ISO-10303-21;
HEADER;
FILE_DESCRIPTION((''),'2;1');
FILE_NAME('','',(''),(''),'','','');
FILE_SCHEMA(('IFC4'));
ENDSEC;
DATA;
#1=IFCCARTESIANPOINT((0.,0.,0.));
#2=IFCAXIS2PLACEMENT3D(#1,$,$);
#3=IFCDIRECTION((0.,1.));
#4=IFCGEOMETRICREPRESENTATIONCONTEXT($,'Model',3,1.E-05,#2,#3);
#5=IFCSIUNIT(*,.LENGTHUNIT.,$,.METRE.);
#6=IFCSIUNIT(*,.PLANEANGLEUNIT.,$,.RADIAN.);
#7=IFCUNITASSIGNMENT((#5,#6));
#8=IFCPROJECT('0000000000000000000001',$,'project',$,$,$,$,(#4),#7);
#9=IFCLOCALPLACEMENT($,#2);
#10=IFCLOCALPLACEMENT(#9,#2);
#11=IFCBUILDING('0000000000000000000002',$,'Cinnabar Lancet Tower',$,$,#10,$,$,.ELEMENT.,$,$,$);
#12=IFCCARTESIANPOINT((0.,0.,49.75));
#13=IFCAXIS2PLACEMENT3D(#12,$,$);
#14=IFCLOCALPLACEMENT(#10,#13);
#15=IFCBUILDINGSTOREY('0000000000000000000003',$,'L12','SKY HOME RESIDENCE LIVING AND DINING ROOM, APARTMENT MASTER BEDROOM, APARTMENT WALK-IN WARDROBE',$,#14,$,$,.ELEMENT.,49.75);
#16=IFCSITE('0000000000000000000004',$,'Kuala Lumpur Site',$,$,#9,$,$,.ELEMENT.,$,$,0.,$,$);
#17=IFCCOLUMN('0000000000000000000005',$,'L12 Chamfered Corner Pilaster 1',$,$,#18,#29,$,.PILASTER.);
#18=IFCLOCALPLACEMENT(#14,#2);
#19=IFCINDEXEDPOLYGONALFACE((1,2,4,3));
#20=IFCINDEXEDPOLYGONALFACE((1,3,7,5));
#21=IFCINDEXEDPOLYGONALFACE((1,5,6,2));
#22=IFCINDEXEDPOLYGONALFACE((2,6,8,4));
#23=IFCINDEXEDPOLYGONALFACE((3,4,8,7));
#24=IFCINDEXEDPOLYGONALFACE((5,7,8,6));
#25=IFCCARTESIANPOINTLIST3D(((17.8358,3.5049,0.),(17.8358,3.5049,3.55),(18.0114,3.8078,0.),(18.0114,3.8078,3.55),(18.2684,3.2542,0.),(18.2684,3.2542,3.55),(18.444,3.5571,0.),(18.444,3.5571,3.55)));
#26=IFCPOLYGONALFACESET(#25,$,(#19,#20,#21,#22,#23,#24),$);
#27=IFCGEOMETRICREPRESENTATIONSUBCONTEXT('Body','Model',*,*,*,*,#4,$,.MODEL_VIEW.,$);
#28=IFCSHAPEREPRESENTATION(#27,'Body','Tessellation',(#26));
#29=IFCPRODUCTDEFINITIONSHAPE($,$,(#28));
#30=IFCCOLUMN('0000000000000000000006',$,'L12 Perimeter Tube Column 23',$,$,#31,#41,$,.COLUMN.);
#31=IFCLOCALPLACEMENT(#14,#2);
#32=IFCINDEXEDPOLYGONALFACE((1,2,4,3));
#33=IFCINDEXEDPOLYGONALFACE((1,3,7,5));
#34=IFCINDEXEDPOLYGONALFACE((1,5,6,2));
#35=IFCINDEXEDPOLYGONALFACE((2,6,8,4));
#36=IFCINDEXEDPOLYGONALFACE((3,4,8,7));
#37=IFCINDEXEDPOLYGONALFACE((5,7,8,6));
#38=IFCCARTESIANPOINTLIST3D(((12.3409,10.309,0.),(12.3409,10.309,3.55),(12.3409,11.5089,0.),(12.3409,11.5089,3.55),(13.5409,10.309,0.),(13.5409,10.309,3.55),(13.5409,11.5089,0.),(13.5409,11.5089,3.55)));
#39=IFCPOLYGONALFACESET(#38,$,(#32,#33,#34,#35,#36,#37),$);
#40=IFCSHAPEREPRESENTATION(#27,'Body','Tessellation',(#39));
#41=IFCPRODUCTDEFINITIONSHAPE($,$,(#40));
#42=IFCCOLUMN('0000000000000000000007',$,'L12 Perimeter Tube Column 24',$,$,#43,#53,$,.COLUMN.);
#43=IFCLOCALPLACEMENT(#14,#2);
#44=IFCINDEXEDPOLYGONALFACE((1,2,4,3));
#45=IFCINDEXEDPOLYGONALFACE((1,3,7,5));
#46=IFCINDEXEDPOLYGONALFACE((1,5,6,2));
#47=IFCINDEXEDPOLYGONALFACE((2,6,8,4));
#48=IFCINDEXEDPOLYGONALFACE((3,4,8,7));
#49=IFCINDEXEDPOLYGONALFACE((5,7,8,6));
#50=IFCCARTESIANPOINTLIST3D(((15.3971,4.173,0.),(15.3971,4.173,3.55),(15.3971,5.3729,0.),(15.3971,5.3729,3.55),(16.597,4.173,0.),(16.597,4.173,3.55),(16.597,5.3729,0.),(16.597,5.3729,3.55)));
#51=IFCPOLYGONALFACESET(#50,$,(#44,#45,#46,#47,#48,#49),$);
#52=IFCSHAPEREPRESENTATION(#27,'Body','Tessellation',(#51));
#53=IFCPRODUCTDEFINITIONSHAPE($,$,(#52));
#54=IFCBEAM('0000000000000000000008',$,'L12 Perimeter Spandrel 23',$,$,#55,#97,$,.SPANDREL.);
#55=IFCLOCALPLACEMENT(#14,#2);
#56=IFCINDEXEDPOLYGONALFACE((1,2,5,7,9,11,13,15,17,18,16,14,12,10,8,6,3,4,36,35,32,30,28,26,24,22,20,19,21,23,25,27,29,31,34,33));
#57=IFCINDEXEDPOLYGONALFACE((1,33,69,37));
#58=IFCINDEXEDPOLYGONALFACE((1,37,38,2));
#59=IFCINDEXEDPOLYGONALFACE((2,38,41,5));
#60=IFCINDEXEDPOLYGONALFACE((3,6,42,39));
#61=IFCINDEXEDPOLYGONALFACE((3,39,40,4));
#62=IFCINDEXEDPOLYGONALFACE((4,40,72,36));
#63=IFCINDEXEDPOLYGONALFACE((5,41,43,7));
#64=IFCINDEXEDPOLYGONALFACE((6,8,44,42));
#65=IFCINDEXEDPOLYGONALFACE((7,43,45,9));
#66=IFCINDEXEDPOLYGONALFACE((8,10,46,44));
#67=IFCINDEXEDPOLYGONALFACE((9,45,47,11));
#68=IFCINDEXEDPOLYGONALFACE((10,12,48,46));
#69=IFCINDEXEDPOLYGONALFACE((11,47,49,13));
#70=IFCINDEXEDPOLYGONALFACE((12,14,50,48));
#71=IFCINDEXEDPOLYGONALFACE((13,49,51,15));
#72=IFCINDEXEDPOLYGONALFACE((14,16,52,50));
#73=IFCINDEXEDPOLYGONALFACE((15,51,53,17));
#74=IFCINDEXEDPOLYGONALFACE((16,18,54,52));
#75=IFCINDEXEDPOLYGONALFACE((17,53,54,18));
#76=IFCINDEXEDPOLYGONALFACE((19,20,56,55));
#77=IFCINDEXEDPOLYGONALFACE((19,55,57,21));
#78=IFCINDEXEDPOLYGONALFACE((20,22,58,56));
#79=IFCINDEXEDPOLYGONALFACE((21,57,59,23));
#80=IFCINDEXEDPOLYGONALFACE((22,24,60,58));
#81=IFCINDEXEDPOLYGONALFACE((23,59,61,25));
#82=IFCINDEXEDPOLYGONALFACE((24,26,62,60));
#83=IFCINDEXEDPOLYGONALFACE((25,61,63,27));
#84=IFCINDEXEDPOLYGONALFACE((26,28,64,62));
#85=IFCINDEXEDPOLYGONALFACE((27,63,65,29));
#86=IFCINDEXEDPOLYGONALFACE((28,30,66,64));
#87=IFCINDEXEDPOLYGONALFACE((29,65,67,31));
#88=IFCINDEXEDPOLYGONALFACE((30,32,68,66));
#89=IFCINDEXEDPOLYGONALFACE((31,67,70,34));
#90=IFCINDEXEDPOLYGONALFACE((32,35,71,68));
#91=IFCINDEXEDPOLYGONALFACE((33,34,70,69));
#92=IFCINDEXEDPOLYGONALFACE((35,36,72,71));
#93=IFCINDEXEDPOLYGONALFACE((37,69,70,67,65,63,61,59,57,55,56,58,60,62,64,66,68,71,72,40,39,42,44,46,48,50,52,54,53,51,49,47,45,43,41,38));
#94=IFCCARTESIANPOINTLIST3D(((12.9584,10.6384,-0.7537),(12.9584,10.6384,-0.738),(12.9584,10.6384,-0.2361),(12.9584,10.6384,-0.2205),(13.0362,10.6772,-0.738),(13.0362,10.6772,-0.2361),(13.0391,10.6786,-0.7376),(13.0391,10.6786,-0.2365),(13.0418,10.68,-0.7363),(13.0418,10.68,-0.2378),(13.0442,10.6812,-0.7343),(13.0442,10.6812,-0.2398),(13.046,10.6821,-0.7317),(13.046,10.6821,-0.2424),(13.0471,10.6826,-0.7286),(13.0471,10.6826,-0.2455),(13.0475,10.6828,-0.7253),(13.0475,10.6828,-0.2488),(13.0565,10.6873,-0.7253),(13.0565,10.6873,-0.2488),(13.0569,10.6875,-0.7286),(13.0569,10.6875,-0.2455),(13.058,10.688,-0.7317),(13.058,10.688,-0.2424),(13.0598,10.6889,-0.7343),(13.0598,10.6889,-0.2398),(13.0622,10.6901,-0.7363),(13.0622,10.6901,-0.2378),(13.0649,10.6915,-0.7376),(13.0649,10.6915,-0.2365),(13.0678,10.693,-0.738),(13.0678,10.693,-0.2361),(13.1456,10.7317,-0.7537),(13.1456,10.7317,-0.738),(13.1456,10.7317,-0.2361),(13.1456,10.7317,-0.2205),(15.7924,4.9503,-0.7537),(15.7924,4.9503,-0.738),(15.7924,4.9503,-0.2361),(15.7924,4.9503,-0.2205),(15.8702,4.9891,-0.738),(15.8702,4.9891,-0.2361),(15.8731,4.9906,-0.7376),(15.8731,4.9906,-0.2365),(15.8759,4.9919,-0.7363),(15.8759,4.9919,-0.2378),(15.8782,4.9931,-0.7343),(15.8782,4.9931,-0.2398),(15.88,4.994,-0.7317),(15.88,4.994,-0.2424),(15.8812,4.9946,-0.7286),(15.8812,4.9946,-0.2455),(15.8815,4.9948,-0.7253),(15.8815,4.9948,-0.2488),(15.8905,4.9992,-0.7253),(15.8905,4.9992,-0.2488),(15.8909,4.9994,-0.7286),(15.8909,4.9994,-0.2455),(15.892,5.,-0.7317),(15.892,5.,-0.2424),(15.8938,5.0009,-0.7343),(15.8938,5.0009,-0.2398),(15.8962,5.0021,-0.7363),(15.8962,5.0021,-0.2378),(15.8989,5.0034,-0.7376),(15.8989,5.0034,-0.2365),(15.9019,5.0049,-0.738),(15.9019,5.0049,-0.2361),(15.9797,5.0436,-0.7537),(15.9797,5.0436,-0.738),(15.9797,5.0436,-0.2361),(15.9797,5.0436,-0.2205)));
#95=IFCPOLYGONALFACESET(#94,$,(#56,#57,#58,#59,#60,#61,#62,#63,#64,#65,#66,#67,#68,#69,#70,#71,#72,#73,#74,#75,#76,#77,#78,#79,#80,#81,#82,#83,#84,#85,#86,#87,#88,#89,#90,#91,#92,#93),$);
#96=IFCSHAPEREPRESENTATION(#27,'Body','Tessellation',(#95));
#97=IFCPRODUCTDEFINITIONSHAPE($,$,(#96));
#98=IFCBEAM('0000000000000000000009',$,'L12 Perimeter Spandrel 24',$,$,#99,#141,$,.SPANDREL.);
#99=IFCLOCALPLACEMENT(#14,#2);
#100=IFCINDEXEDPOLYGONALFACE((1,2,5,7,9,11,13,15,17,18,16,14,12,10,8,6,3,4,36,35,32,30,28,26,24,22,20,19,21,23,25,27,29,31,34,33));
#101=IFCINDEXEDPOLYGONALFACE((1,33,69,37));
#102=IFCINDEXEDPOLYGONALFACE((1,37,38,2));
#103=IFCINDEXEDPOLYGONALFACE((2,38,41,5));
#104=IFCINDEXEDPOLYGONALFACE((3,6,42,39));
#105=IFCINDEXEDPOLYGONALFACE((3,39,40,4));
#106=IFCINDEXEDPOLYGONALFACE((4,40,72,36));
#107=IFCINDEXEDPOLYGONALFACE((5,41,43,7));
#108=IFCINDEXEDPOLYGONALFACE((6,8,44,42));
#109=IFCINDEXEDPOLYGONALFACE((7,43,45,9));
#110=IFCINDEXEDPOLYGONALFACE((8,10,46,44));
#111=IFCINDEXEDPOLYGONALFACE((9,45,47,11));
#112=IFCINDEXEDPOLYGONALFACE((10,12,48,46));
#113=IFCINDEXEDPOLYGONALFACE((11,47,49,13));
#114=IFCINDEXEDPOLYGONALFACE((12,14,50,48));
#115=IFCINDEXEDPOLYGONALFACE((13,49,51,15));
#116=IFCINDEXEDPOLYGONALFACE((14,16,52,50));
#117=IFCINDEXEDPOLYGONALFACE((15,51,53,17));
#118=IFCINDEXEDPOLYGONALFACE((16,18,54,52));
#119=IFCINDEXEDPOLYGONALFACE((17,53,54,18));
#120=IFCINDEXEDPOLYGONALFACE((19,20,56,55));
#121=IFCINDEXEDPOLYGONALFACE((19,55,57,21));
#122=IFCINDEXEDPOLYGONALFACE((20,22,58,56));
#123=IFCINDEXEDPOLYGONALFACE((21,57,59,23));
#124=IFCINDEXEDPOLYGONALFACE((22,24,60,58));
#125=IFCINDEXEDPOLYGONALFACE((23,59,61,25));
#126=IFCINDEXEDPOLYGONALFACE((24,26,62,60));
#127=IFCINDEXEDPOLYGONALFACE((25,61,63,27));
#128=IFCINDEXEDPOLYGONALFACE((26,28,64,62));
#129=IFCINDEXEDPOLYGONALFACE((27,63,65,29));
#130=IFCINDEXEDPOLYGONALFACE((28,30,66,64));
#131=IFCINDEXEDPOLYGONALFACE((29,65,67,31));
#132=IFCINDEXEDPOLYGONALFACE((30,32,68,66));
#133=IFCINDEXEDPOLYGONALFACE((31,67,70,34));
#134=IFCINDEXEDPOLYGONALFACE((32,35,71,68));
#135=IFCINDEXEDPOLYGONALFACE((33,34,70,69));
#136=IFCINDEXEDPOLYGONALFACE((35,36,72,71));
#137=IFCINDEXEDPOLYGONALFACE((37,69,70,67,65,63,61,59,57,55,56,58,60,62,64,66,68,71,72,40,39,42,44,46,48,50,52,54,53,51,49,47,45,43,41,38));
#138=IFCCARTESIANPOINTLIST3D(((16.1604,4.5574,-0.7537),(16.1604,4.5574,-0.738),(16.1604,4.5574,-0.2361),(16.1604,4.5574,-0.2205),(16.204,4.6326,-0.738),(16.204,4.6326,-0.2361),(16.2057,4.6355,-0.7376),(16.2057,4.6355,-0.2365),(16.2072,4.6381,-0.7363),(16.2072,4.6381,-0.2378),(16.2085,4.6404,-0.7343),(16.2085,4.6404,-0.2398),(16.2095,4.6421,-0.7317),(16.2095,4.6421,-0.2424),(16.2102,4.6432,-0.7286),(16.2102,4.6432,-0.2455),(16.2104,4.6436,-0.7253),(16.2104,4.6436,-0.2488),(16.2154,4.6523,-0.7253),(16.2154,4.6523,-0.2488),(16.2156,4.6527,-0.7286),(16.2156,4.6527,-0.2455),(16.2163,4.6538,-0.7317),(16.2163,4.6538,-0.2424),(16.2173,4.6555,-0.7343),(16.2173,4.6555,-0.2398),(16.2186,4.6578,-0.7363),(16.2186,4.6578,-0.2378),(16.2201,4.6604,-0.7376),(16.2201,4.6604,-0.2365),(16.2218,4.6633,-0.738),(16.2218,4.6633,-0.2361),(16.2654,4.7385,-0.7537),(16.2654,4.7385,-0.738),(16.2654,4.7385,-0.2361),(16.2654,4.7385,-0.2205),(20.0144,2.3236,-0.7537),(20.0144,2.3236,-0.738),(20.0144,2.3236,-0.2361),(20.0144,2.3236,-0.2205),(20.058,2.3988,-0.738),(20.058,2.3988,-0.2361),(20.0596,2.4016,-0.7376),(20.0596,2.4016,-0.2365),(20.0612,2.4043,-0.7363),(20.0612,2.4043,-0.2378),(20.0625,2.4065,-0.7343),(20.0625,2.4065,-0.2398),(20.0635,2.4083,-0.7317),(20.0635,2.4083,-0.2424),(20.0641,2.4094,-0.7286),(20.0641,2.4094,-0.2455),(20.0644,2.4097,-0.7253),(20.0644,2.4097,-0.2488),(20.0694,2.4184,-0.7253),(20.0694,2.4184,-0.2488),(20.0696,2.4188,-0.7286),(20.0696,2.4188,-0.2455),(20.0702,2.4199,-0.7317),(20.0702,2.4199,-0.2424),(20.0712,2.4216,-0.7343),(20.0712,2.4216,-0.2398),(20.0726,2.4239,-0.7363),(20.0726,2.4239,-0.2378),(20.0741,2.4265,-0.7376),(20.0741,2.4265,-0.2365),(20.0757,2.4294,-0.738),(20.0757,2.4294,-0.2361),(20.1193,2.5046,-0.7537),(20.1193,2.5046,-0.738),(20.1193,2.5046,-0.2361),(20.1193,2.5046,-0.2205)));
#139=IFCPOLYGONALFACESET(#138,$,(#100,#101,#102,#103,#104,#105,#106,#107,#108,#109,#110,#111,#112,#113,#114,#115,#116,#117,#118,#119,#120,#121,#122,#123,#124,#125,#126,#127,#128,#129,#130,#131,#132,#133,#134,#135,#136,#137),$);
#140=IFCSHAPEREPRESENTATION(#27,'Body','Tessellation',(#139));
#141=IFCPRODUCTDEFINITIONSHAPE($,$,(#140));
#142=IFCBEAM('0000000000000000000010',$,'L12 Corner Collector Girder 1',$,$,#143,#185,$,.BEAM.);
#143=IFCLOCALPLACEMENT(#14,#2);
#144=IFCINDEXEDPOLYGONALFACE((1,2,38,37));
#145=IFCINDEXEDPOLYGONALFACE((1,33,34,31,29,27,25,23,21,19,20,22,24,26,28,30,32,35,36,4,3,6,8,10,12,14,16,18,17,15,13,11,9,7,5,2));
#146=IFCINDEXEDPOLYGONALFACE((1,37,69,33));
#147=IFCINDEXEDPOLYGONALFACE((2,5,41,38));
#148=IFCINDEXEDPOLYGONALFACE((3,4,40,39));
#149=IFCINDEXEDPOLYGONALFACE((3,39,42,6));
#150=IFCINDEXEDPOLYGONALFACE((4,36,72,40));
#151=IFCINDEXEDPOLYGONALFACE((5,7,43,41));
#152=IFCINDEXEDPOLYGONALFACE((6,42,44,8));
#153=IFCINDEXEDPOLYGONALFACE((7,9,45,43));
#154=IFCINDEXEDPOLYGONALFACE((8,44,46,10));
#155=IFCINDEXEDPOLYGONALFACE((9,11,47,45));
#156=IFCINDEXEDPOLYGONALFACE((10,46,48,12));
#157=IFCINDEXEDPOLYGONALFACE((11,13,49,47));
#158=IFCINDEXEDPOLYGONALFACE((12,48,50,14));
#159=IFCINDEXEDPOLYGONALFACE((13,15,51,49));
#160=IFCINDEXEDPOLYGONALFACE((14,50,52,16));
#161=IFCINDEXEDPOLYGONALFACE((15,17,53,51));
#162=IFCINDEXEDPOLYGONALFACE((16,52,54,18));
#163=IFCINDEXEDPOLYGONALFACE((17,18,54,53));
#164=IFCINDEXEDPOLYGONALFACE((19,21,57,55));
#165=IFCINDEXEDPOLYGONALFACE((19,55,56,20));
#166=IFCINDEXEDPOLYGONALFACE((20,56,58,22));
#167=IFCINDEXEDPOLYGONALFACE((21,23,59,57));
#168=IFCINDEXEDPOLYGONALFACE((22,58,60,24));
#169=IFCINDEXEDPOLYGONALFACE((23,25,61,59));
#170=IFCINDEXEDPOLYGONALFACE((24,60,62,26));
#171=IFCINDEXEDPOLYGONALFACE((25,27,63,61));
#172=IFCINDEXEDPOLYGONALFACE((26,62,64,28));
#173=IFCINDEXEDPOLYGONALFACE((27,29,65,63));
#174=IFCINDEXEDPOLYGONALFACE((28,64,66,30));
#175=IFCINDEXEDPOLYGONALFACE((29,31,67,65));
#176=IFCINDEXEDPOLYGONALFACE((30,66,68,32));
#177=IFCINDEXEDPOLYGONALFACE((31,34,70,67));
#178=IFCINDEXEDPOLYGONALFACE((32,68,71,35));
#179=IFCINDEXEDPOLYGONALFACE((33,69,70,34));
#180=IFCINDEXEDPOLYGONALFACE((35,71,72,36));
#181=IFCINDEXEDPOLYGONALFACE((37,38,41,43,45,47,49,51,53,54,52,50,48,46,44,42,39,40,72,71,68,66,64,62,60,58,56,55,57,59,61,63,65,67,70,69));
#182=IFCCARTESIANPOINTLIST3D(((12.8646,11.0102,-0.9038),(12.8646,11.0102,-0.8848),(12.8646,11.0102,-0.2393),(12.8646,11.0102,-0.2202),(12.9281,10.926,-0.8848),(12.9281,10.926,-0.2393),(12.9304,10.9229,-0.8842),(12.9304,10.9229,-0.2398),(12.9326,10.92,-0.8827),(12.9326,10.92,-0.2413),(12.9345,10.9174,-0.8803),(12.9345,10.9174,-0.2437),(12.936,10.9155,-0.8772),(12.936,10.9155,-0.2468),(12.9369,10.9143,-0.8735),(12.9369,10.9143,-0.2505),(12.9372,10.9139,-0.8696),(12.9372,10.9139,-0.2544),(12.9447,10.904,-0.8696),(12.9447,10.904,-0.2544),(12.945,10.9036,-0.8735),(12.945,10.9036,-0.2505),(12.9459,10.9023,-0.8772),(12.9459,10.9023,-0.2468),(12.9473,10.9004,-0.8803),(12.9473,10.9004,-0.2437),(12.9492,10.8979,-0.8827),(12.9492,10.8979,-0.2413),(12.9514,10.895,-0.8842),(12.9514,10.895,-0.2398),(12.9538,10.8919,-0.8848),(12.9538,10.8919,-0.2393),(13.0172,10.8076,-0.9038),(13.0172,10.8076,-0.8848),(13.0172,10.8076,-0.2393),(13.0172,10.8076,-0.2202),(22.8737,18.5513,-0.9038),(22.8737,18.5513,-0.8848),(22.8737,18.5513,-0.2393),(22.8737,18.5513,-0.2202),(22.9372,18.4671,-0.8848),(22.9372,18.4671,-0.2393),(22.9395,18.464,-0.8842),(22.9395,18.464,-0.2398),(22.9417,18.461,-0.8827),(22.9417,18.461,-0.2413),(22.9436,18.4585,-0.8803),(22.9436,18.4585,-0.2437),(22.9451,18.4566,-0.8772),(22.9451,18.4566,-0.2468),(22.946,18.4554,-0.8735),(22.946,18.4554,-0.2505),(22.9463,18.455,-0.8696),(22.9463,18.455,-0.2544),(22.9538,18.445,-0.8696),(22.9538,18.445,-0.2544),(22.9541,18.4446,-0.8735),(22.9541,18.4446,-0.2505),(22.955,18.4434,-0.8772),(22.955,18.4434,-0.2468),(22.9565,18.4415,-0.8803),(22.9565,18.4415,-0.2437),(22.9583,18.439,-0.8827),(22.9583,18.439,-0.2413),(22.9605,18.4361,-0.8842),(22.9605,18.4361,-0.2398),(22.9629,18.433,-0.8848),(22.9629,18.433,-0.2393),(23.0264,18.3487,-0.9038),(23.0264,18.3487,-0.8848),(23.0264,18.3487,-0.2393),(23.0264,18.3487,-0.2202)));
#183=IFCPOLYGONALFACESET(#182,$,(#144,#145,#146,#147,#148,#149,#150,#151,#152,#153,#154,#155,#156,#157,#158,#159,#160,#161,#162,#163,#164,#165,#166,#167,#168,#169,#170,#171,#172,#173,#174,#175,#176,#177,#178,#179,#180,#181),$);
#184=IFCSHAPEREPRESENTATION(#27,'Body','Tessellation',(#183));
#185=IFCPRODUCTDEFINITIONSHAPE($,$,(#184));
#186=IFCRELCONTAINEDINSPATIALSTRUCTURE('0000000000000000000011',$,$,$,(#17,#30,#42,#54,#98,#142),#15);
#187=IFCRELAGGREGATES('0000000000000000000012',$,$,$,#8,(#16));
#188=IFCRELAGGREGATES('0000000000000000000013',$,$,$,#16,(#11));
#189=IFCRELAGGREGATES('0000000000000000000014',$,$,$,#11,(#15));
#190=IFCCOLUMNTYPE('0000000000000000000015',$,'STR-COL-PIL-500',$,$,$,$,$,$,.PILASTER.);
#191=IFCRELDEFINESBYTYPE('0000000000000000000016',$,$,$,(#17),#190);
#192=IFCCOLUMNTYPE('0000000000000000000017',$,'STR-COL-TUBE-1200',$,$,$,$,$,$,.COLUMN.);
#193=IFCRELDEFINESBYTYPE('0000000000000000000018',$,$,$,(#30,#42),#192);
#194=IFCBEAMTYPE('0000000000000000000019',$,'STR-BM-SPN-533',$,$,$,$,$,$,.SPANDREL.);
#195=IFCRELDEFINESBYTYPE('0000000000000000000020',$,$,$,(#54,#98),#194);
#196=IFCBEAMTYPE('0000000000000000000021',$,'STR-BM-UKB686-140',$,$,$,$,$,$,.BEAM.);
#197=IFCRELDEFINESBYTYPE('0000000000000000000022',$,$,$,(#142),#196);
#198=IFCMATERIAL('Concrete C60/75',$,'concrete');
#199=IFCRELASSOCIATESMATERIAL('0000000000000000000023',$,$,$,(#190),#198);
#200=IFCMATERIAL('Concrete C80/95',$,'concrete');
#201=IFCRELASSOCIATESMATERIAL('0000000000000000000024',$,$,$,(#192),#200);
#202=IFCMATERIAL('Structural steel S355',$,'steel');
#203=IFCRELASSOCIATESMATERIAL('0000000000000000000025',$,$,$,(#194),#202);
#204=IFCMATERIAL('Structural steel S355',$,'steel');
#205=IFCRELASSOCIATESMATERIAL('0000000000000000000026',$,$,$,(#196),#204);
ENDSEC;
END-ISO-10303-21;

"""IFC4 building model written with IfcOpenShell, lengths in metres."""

from ifc_helpers import new_model, si_unit, direction, frame, origin, origin_2d, place, context, subcontext, project, spatial, rectangle, i_section, extrude, material, material_profile, profile_set, type_object, element, save


model = new_model("IFC4")

# Units and contexts
model_context = context("Model", 3, precision=1e-05, world=origin(), true_north=direction((0.0, 1.0)))
body_context = subcontext(model_context, "Body", "Model", "MODEL_VIEW")
ifc_project = project(units=[si_unit("LENGTHUNIT", "METRE"), si_unit("PLANEANGLEUNIT", "RADIAN")], contexts=[model_context])

# Site, building, storey
site_placement = place(None, origin())
site = spatial("IfcSite", under=ifc_project, at=site_placement, Name="Kuala Lumpur Site", CompositionType="ELEMENT", RefElevation=0.0)
building_placement = place(site_placement, origin())
building = spatial("IfcBuilding", under=site, at=building_placement, Name="Cinnabar Lancet Tower", CompositionType="ELEMENT")
storey_placement = place(building_placement, frame((0.0, 0.0, 49.75)))
storey = spatial("IfcBuildingStorey", under=building, at=storey_placement, Name="L12", Description="SKY HOME RESIDENCE LIVING AND DINING ROOM, APARTMENT MASTER BEDROOM, APARTMENT WALK-IN WARDROBE", CompositionType="ELEMENT", Elevation=49.75)

# Columns
ifc_material_1 = material(Name="Concrete C60/75", Category="concrete")
ifc_material_profile_1 = material_profile(ifc_material_1, rectangle(XDim=0.5, YDim=0.3501, at=origin_2d()), Name="RC-PIL 500x350")
ifc_profile_set_1 = profile_set([ifc_material_profile_1], Name="Concrete C60/75")
column_type_1 = type_object("IfcColumnType", Name="STR-COL-PIL-500", PredefinedType="PILASTER", material=ifc_profile_set_1)
column_placement = place(storey_placement, frame((18.1399, 3.531, 0.0), z_axis=(0.0, 0.0, 1.0), x_axis=(0.865195, -0.501435, 0.0)))
element("IfcColumn", 1, at=column_placement, inside=storey, type_object=column_type_1, Name="L12 Chamfered Corner Pilaster 1", PredefinedType="PILASTER", context=body_context, shape_type="SweptSolid", body=[
    extrude(rectangle(XDim=0.5, YDim=0.3501, at=origin_2d()), origin(), (0.0, 0.0, 1.0), 3.55),
])
ifc_material_2 = material(Name="Concrete C80/95", Category="concrete")
ifc_material_profile_2 = material_profile(ifc_material_2, rectangle(XDim=1.2, YDim=1.2, at=origin_2d()), Name="RC-COL 1200x1200")
ifc_profile_set_2 = profile_set([ifc_material_profile_2], Name="Concrete C80/95")
column_type_2 = type_object("IfcColumnType", Name="STR-COL-TUBE-1200", PredefinedType="COLUMN", material=ifc_profile_set_2)
for number, where, z_axis, x_axis, name in (
    (2, (12.9409, 10.9089, 0.0), (0.0, 0.0, 1.0), (1.0, 0.0, 0.0), "L12 Perimeter Tube Column 23"),
    (3, (15.9971, 4.7729, 0.0), (0.0, 0.0, 1.0), (1.0, 0.0, 0.0), "L12 Perimeter Tube Column 24"),
):
    element("IfcColumn", number, at=place(storey_placement, frame(where, z_axis=z_axis, x_axis=x_axis)), inside=storey, type_object=column_type_2, Name=name, PredefinedType="COLUMN", context=body_context, shape_type="SweptSolid", body=[
        extrude(rectangle(XDim=1.2, YDim=1.2, at=origin_2d()), origin(), (0.0, 0.0, 1.0), 3.55),
    ])

# Beams
ifc_material_3 = material(Name="Structural steel S355", Category="steel")
ifc_material_profile_3 = material_profile(ifc_material_3, i_section(OverallWidth=0.2092, OverallDepth=0.5332, WebThickness=0.01, FlangeThickness=0.0156, FilletRadius=0.0127, at=origin_2d()), Name="UKB 533x210x92")
ifc_profile_set_3 = profile_set([ifc_material_profile_3], Name="Structural steel S355")
beam_type_1 = type_object("IfcBeamType", Name="STR-BM-SPN-533", PredefinedType="SPANDREL", material=ifc_profile_set_3)
beam_1_placement = place(storey_placement, frame((13.052, 10.6851, -0.4871), z_axis=(0.445953, -0.895056, 0.0), x_axis=(0.895056, 0.445953, 0.0)))
element("IfcBeam", 4, at=beam_1_placement, inside=storey, type_object=beam_type_1, Name="L12 Perimeter Spandrel 23", PredefinedType="SPANDREL", context=body_context, shape_type="SweptSolid", body=[
    extrude(i_section(OverallWidth=0.2092, OverallDepth=0.5332, WebThickness=0.01, FlangeThickness=0.0156, FilletRadius=0.0127, at=origin_2d()), origin(), (0.0, 0.0, 1.0), 6.355),
])
beam_2_placement = place(storey_placement, frame((16.2129, 4.6479, -0.4871), z_axis=(0.865171, -0.501477, 0.0), x_axis=(0.501477, 0.865171, 0.0)))
element("IfcBeam", 5, at=beam_2_placement, inside=storey, type_object=beam_type_1, Name="L12 Perimeter Spandrel 24", PredefinedType="SPANDREL", context=body_context, shape_type="SweptSolid", body=[
    extrude(i_section(OverallWidth=0.2092, OverallDepth=0.5332, WebThickness=0.01, FlangeThickness=0.0156, FilletRadius=0.0127, at=origin_2d()), origin(), (0.0, 0.0, 1.0), 4.4546),
])
ifc_material_4 = material(Name="Structural steel S355", Category="steel")
ifc_material_profile_4 = material_profile(ifc_material_4, i_section(OverallWidth=0.2537, OverallDepth=0.6836, WebThickness=0.0125, FlangeThickness=0.019, FilletRadius=0.0151, at=origin_2d()), Name="UKB 686x254x140")
ifc_profile_set_4 = profile_set([ifc_material_profile_4], Name="Structural steel S355")
beam_type_2 = type_object("IfcBeamType", Name="STR-BM-UKB686-140", PredefinedType="BEAM", material=ifc_profile_set_4)
beam_3_placement = place(storey_placement, frame((12.9409, 10.9089, -0.562), z_axis=(0.798687, 0.601747, 0.0), x_axis=(-0.601747, 0.798687, 0.0)))
element("IfcBeam", 6, at=beam_3_placement, inside=storey, type_object=beam_type_2, Name="L12 Corner Collector Girder 1", PredefinedType="BEAM", context=body_context, shape_type="SweptSolid", body=[
    extrude(i_section(OverallWidth=0.2537, OverallDepth=0.6836, WebThickness=0.0125, FlangeThickness=0.019, FilletRadius=0.0151, at=origin_2d()), origin(), (0.0, 0.0, 1.0), 12.532),
])

save(model, "model.ifc")
